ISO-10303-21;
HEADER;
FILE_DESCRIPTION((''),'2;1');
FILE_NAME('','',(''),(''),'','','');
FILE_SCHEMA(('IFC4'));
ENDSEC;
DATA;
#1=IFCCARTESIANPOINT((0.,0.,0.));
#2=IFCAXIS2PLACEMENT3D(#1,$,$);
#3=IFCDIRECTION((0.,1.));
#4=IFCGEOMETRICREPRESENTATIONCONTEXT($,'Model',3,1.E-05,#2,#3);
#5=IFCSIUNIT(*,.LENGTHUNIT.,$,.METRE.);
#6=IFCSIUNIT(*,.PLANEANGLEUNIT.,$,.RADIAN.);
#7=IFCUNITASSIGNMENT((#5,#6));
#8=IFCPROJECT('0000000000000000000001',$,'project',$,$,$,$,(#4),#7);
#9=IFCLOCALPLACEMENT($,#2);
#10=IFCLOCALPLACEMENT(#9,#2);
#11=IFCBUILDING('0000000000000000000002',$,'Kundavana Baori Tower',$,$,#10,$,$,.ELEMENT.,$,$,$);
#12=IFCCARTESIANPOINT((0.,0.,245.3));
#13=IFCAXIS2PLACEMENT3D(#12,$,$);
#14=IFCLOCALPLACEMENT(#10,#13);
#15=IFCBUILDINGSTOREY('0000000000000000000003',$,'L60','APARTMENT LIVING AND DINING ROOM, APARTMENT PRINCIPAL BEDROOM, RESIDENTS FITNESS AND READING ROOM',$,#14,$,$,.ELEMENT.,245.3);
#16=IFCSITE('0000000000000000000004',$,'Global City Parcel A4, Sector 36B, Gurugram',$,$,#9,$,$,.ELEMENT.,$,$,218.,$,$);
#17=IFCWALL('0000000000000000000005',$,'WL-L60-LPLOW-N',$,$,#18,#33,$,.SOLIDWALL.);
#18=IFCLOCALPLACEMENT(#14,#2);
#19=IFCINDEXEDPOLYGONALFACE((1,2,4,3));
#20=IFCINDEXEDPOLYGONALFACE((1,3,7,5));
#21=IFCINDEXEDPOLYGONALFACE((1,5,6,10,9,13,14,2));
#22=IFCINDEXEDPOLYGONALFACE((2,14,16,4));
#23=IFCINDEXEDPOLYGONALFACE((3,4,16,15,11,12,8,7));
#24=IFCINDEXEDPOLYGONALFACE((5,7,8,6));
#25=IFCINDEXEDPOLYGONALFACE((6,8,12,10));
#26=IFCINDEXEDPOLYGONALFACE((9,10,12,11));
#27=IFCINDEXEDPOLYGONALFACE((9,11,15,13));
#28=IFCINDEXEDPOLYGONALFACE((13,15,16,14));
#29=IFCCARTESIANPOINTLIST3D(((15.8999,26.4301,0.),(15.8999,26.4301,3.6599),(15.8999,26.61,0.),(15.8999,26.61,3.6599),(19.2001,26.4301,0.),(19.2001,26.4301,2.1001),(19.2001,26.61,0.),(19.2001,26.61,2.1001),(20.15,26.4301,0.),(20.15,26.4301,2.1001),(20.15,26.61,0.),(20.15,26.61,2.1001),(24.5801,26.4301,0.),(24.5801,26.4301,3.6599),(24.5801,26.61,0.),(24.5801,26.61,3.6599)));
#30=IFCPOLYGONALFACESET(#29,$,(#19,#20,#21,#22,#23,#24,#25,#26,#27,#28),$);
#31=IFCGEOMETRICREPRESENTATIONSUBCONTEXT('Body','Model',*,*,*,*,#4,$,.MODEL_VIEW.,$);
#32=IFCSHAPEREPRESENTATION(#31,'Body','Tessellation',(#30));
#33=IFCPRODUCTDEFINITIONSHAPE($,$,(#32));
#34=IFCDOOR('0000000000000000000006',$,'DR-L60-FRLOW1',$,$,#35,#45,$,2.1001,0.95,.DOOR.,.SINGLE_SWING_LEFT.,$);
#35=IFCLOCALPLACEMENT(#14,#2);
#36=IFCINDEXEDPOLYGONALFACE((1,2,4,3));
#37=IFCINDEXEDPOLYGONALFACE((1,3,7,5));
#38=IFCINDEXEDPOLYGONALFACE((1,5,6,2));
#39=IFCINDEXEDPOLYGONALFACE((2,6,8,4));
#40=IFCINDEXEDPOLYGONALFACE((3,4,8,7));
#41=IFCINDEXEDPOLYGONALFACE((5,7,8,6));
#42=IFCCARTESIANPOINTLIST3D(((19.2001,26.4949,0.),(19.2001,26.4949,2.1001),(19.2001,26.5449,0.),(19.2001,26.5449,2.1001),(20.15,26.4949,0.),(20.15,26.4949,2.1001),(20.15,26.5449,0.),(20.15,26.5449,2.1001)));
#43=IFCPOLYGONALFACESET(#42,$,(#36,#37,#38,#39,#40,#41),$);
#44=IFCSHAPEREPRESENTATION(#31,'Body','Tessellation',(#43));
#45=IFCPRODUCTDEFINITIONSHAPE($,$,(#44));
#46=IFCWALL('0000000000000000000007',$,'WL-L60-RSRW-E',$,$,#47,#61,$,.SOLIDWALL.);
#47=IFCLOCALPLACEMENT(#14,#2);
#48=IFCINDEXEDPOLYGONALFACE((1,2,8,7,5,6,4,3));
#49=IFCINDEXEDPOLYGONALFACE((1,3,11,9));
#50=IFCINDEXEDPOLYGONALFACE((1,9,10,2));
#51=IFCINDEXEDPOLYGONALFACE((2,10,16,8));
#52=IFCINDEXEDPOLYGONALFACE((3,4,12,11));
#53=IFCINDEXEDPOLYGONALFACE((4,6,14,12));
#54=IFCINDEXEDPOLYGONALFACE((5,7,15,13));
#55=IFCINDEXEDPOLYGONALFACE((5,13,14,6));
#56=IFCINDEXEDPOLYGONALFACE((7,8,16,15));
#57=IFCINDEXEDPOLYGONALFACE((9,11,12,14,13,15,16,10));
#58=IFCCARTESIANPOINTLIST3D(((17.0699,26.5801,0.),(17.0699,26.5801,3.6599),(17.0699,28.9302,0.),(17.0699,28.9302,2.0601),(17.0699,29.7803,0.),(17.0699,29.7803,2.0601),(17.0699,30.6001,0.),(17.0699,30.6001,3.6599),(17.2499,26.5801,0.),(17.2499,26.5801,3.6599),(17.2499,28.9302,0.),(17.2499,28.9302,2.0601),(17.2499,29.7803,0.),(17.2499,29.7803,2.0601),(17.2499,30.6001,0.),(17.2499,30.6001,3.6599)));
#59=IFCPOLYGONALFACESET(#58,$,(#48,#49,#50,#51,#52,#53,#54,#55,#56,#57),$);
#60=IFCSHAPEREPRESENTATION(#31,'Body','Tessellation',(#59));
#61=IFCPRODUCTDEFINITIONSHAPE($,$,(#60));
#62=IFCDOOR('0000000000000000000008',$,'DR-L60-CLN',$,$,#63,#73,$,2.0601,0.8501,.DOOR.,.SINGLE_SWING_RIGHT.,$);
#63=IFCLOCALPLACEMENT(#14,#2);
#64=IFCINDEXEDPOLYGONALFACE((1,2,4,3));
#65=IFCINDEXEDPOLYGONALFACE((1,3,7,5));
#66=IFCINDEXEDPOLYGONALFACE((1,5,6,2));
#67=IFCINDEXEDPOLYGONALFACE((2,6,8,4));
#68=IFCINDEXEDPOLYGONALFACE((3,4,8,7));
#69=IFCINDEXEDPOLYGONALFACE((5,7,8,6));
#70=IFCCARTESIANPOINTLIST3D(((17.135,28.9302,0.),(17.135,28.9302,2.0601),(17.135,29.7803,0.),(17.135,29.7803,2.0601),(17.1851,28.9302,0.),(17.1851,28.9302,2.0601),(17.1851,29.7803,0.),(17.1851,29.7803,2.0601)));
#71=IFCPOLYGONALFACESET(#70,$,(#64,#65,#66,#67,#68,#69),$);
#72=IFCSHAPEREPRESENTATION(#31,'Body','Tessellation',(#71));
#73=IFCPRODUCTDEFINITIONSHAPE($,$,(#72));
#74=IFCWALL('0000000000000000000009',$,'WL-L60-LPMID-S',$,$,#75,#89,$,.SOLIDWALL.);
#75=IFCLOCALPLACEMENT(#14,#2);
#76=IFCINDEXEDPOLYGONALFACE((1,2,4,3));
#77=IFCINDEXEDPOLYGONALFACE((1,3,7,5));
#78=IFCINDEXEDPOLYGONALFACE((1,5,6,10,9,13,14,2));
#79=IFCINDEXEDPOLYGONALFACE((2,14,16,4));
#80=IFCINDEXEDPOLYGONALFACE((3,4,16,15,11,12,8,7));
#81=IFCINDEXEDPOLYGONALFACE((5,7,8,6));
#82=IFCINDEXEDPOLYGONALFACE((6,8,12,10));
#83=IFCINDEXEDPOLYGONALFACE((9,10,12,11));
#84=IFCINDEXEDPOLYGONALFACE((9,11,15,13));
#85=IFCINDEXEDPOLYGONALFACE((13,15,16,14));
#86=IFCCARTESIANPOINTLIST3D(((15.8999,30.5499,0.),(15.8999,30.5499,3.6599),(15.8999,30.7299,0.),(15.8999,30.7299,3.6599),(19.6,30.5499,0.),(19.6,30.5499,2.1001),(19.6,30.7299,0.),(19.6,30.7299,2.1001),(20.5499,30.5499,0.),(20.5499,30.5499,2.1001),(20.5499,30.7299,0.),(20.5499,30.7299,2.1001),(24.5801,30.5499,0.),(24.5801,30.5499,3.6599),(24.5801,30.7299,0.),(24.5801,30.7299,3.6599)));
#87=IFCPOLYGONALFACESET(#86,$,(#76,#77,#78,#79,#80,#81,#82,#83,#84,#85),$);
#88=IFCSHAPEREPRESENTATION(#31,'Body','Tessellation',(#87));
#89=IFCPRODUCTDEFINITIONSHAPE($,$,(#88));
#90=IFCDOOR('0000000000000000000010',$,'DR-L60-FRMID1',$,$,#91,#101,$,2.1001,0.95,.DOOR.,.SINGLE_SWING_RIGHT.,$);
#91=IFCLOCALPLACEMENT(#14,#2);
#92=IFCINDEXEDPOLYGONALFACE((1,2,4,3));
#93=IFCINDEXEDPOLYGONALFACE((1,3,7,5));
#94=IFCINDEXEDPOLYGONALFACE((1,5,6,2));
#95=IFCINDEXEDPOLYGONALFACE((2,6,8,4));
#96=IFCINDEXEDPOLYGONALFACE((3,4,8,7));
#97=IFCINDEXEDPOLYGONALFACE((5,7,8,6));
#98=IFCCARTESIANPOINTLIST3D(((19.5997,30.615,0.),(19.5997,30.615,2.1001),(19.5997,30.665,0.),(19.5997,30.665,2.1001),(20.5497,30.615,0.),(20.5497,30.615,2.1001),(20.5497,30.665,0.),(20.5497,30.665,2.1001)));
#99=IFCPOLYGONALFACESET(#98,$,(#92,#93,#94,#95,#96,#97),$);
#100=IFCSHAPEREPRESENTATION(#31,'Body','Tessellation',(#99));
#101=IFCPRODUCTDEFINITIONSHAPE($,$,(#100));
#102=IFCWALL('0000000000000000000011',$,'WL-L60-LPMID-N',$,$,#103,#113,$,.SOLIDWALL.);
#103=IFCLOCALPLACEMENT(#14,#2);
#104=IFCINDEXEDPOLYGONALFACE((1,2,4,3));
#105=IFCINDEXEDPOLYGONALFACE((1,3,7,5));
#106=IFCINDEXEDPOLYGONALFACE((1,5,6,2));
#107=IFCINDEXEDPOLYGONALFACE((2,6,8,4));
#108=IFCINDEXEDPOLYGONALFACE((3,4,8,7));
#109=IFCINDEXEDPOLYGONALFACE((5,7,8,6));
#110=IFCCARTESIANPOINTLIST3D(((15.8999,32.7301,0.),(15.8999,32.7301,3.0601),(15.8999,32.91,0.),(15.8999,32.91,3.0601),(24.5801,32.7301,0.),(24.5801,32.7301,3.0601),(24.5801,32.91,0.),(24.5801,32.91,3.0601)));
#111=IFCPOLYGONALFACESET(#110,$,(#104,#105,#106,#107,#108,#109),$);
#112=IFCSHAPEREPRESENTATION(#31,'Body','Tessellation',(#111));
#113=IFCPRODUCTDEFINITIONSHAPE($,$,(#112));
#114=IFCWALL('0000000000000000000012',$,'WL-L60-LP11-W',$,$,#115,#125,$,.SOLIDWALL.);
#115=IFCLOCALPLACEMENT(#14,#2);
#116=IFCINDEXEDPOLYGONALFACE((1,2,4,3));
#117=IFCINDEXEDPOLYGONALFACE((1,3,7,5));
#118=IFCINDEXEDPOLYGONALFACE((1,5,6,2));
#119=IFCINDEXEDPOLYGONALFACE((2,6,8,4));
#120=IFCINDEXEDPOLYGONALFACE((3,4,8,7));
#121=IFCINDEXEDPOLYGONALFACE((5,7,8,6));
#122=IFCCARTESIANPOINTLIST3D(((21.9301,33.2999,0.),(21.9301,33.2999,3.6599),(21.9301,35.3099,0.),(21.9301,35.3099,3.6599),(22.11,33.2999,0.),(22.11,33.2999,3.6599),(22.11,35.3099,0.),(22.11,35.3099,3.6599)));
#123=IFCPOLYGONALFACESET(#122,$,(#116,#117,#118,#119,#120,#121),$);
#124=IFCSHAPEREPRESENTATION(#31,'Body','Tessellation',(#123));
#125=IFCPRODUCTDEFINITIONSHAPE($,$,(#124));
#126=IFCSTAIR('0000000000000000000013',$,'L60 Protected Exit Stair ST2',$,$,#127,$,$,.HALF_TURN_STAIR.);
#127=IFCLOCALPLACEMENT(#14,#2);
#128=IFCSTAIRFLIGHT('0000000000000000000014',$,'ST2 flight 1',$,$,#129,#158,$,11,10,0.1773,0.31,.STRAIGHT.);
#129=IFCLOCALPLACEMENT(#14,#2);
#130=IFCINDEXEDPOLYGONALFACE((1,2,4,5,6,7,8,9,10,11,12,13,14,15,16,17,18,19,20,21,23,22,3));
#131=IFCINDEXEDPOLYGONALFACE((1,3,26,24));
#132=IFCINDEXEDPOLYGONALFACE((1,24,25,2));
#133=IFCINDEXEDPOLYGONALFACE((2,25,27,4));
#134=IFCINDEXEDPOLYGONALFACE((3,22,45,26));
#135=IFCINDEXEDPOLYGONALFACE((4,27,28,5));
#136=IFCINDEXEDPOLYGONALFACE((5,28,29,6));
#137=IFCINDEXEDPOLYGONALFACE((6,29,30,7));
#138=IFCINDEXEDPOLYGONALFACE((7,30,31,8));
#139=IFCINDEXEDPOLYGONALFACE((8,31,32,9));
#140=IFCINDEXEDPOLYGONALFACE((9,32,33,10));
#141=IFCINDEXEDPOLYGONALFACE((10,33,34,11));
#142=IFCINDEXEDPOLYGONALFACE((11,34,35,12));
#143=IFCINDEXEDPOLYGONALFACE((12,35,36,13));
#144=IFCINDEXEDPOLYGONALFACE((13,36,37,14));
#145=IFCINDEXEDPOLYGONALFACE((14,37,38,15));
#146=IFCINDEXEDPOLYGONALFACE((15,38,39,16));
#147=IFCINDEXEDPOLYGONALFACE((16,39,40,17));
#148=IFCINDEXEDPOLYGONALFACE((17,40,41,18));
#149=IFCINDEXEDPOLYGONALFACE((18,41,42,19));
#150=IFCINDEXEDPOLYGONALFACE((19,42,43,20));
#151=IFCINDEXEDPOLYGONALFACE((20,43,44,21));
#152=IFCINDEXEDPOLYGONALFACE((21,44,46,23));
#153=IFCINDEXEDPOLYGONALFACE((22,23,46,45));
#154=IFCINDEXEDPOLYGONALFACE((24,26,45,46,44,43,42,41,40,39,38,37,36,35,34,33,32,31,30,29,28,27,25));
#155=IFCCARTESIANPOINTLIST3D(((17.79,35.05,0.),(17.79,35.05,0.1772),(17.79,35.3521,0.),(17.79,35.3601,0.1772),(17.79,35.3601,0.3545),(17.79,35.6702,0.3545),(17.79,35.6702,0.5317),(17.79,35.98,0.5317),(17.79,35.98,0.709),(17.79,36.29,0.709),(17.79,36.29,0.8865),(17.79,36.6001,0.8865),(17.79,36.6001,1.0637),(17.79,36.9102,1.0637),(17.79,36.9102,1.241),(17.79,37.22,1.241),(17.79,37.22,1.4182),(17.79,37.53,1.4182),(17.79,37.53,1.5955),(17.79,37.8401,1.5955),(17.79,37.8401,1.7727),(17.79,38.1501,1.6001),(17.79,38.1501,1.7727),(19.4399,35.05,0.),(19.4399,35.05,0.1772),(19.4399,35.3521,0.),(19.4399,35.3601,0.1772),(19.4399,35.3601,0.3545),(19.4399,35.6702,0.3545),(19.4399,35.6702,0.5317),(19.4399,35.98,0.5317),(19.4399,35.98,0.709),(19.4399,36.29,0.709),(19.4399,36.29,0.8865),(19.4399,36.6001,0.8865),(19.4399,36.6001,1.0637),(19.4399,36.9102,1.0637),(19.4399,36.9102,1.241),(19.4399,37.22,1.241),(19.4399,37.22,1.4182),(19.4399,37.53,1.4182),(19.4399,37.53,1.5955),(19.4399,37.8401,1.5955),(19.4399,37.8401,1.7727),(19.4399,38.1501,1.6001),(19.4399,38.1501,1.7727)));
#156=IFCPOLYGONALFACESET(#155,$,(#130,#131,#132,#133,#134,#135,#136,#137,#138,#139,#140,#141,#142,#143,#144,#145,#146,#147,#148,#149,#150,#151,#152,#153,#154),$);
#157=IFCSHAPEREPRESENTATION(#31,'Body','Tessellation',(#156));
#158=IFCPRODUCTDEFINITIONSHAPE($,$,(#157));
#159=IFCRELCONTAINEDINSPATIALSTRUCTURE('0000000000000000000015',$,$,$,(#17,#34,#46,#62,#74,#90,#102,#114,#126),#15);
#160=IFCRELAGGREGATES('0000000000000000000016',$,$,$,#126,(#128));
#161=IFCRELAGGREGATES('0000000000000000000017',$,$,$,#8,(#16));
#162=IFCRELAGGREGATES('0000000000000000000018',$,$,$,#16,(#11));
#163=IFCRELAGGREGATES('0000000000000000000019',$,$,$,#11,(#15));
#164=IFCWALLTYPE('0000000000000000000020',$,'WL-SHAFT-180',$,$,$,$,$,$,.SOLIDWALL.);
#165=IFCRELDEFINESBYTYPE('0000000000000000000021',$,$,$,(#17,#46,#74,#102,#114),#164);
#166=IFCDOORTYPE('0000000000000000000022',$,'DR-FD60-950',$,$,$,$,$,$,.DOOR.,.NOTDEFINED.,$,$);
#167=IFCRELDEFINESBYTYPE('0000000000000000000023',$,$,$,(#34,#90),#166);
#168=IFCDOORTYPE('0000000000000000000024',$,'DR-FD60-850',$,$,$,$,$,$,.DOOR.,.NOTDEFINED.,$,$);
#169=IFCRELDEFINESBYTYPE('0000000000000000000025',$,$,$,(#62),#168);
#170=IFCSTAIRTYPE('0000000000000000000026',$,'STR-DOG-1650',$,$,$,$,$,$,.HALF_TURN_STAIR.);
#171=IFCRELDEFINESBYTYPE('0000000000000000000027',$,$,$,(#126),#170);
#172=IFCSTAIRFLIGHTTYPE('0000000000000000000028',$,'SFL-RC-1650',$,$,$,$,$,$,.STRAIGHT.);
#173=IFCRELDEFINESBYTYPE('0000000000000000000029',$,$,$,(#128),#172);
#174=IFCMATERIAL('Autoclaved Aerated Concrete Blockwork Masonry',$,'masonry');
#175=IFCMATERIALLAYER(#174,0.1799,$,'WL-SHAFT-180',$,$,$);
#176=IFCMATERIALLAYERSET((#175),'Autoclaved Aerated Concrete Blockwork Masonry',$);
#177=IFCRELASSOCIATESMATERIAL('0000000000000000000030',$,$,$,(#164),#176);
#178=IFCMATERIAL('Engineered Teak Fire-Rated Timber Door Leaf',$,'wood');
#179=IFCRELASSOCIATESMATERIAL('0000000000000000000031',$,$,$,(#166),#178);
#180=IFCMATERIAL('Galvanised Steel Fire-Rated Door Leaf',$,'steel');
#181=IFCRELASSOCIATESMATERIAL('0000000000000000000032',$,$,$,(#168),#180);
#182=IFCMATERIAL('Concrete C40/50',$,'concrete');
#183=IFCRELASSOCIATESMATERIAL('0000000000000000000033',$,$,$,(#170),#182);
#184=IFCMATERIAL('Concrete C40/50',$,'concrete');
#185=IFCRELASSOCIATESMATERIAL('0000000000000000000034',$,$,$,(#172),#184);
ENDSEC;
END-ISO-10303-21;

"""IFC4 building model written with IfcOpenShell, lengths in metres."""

from ifc_helpers import new_model, si_unit, direction, frame, frame_2d, origin, place, context, subcontext, project, spatial, polyline, rectangle, outline, extrude, material, layer, layer_set, type_object, element, fill, aggregate, save


model = new_model("IFC4")

# Units and contexts
model_context = context("Model", 3, precision=1e-05, world=origin(), true_north=direction((0.0, 1.0)))
body_context = subcontext(model_context, "Body", "Model", "MODEL_VIEW")
ifc_project = project(units=[si_unit("LENGTHUNIT", "METRE"), si_unit("PLANEANGLEUNIT", "RADIAN")], contexts=[model_context])

# Site, building, storey
site_placement = place(None, origin())
site = spatial("IfcSite", under=ifc_project, at=site_placement, Name="Global City Parcel A4, Sector 36B, Gurugram", CompositionType="ELEMENT", RefElevation=218.0)
building_placement = place(site_placement, origin())
building = spatial("IfcBuilding", under=site, at=building_placement, Name="Kundavana Baori Tower", CompositionType="ELEMENT")
storey_placement = place(building_placement, frame((0.0, 0.0, 245.3)))
storey = spatial("IfcBuildingStorey", under=building, at=storey_placement, Name="L60", Description="APARTMENT LIVING AND DINING ROOM, APARTMENT PRINCIPAL BEDROOM, RESIDENTS FITNESS AND READING ROOM", CompositionType="ELEMENT", Elevation=245.3)

# Walls, openings, doors
ifc_material_1 = material(Name="Autoclaved Aerated Concrete Blockwork Masonry", Category="masonry")
ifc_layer_1 = layer(ifc_material_1, 0.1799, Name="WL-SHAFT-180")
ifc_layer_set_1 = layer_set([ifc_layer_1], Name="Autoclaved Aerated Concrete Blockwork Masonry")
wall_type_1 = type_object("IfcWallType", Name="WL-SHAFT-180", PredefinedType="SOLIDWALL", material=ifc_layer_set_1)
wall_1_placement = place(storey_placement, frame((15.8999, 26.52, 0.0), z_axis=(0.0, 0.0, 1.0), x_axis=(1.0, 0.0, 0.0)))
wall_1 = element("IfcWall", 1, at=wall_1_placement, inside=storey, type_object=wall_type_1, Name="WL-L60-LPLOW-N", PredefinedType="SOLIDWALL", context=body_context, shape_type="SweptSolid", body=[
    extrude(rectangle(XDim=8.6802, YDim=0.1799, at=frame_2d((4.3401, 0.0))), origin(), (0.0, 0.0, 1.0), 3.6599),
])
opening_1_placement = place(wall_1_placement, frame((3.3, 0.0, 0.0)))
opening_1 = element("IfcOpeningElement", 2, at=opening_1_placement, cuts=wall_1, PredefinedType="OPENING", context=body_context, shape_type="SweptSolid", body=[
    extrude(rectangle(XDim=0.95, YDim=2.1001, at=frame_2d((0.4751, 1.05))), frame((0.0, 0.1001, 0.0), z_axis=(0.0, -1.0, 0.0), x_axis=(1.0, 0.0, 0.0)), (0.0, 0.0, 1.0), 0.2),
])
ifc_material_2 = material(Name="Engineered Teak Fire-Rated Timber Door Leaf", Category="wood")
door_type_1 = type_object("IfcDoorType", Name="DR-FD60-950", OperationType="NOTDEFINED", PredefinedType="DOOR", material=ifc_material_2)
door_1_placement = place(opening_1_placement, origin())
door_1 = element("IfcDoor", 3, at=door_1_placement, inside=storey, type_object=door_type_1, Name="DR-L60-FRLOW1", OperationType="SINGLE_SWING_LEFT", OverallHeight=2.1001, OverallWidth=0.95, PredefinedType="DOOR", context=body_context, shape_type="SweptSolid", body=[
    extrude(rectangle(XDim=0.95, YDim=2.1001, at=frame_2d((0.4751, 1.05))), frame((0.0, 0.0249, 0.0), z_axis=(0.0, -1.0, 0.0), x_axis=(1.0, 0.0, 0.0)), (0.0, 0.0, 1.0), 0.05),
])
fill(opening_1, door_1)
wall_2_placement = place(storey_placement, frame((17.1599, 26.5801, 0.0), z_axis=(0.0, 0.0, 1.0), x_axis=(0.0, 1.0, 0.0)))
wall_2 = element("IfcWall", 4, at=wall_2_placement, inside=storey, type_object=wall_type_1, Name="WL-L60-RSRW-E", PredefinedType="SOLIDWALL", context=body_context, shape_type="SweptSolid", body=[
    extrude(rectangle(XDim=4.02, YDim=0.1799, at=frame_2d((2.01, 0.0))), origin(), (0.0, 0.0, 1.0), 3.6599),
])
opening_2_placement = place(wall_2_placement, frame((2.3501, 0.0, 0.0)))
opening_2 = element("IfcOpeningElement", 5, at=opening_2_placement, cuts=wall_2, PredefinedType="OPENING", context=body_context, shape_type="SweptSolid", body=[
    extrude(rectangle(XDim=0.8501, YDim=2.0601, at=frame_2d((0.425, 1.03))), frame((0.0, 0.1001, 0.0), z_axis=(0.0, -1.0, 0.0), x_axis=(1.0, 0.0, 0.0)), (0.0, 0.0, 1.0), 0.2),
])
ifc_material_3 = material(Name="Galvanised Steel Fire-Rated Door Leaf", Category="steel")
door_type_2 = type_object("IfcDoorType", Name="DR-FD60-850", OperationType="NOTDEFINED", PredefinedType="DOOR", material=ifc_material_3)
door_2_placement = place(opening_2_placement, origin())
door_2 = element("IfcDoor", 6, at=door_2_placement, inside=storey, type_object=door_type_2, Name="DR-L60-CLN", OperationType="SINGLE_SWING_RIGHT", OverallHeight=2.0601, OverallWidth=0.8501, PredefinedType="DOOR", context=body_context, shape_type="SweptSolid", body=[
    extrude(rectangle(XDim=0.8501, YDim=2.0601, at=frame_2d((0.425, 1.03))), frame((0.0, 0.0249, 0.0), z_axis=(0.0, -1.0, 0.0), x_axis=(1.0, 0.0, 0.0)), (0.0, 0.0, 1.0), 0.05),
])
fill(opening_2, door_2)
wall_3_placement = place(storey_placement, frame((15.8999, 30.6399, 0.0), z_axis=(0.0, 0.0, 1.0), x_axis=(1.0, 0.0, 0.0)))
wall_3 = element("IfcWall", 7, at=wall_3_placement, inside=storey, type_object=wall_type_1, Name="WL-L60-LPMID-S", PredefinedType="SOLIDWALL", context=body_context, shape_type="SweptSolid", body=[
    extrude(rectangle(XDim=8.6802, YDim=0.1799, at=frame_2d((4.3401, 0.0))), origin(), (0.0, 0.0, 1.0), 3.6599),
])
opening_3_placement = place(wall_3_placement, frame((3.7, 0.0, 0.0)))
opening_3 = element("IfcOpeningElement", 8, at=opening_3_placement, cuts=wall_3, PredefinedType="OPENING", context=body_context, shape_type="SweptSolid", body=[
    extrude(rectangle(XDim=0.95, YDim=2.1001, at=frame_2d((0.4751, 1.05))), frame((0.0, 0.1001, 0.0), z_axis=(0.0, -1.0, 0.0), x_axis=(1.0, 0.0, 0.0)), (0.0, 0.0, 1.0), 0.2),
])
door_3_placement = place(opening_3_placement, frame((0.95, 0.0, 0.0), z_axis=(0.0, 0.0, 1.0), x_axis=(-1.0, 0.0, 0.0)))
door_3 = element("IfcDoor", 9, at=door_3_placement, inside=storey, type_object=door_type_1, Name="DR-L60-FRMID1", OperationType="SINGLE_SWING_RIGHT", OverallHeight=2.1001, OverallWidth=0.95, PredefinedType="DOOR", context=body_context, shape_type="SweptSolid", body=[
    extrude(rectangle(XDim=0.95, YDim=2.1001, at=frame_2d((0.4751, 1.05))), frame((0.0, 0.0249, 0.0), z_axis=(0.0, -1.0, 0.0), x_axis=(1.0, 0.0, 0.0)), (0.0, 0.0, 1.0), 0.05),
])
fill(opening_3, door_3)

# Walls
wall_4_placement = place(storey_placement, frame((15.8999, 32.8201, 0.0), z_axis=(0.0, 0.0, 1.0), x_axis=(1.0, 0.0, 0.0)))
element("IfcWall", 10, at=wall_4_placement, inside=storey, type_object=wall_type_1, Name="WL-L60-LPMID-N", PredefinedType="SOLIDWALL", context=body_context, shape_type="SweptSolid", body=[
    extrude(rectangle(XDim=8.6802, YDim=0.1799, at=frame_2d((4.3401, 0.0))), origin(), (0.0, 0.0, 1.0), 3.0601),
])
wall_5_placement = place(storey_placement, frame((22.02, 33.3, 0.0), z_axis=(0.0, 0.0, 1.0), x_axis=(0.0, 1.0, 0.0)))
element("IfcWall", 11, at=wall_5_placement, inside=storey, type_object=wall_type_1, Name="WL-L60-LP11-W", PredefinedType="SOLIDWALL", context=body_context, shape_type="SweptSolid", body=[
    extrude(rectangle(XDim=2.01, YDim=0.1799, at=frame_2d((1.0049, 0.0))), origin(), (0.0, 0.0, 1.0), 3.6599),
])

# Stair, stair flight
ifc_material_4 = material(Name="Concrete C40/50", Category="concrete")
stair_type = type_object("IfcStairType", Name="STR-DOG-1650", PredefinedType="HALF_TURN_STAIR", material=ifc_material_4)
stair_placement = place(storey_placement, origin())
stair = element("IfcStair", 12, at=stair_placement, inside=storey, type_object=stair_type, Name="L60 Protected Exit Stair ST2", PredefinedType="HALF_TURN_STAIR")
ifc_material_5 = material(Name="Concrete C40/50", Category="concrete")
stair_flight_type = type_object("IfcStairFlightType", Name="SFL-RC-1650", PredefinedType="STRAIGHT", material=ifc_material_5)
stair_flight_placement = place(storey_placement, frame((18.615, 35.05, 0.0), z_axis=(0.0, 0.0, 1.0), x_axis=(0.0, 1.0, 0.0)))
stair_flight = element("IfcStairFlight", 13, at=stair_flight_placement, type_object=stair_flight_type, Name="ST2 flight 1", NumberOfRisers=11, NumberOfTreads=10, PredefinedType="STRAIGHT", RiserHeight=0.1773, TreadLength=0.31, context=body_context, shape_type="SweptSolid", body=[
    extrude(outline(polyline([(0.0, 0.0), (0.0, 0.1772), (0.3101, 0.1772), (0.3101, 0.3545), (0.6201, 0.3545), (0.6201, 0.5317), (0.9299, 0.5317), (0.9299, 0.709), (1.24, 0.709), (1.24, 0.8865), (1.55, 0.8865), (1.55, 1.0637), (1.8601, 1.0637), (1.8601, 1.241), (2.1699, 1.241), (2.1699, 1.4182), (2.48, 1.4182), (2.48, 1.5955), (2.79, 1.5955), (2.79, 1.7727), (3.1001, 1.7727), (3.1001, 1.95), (3.1001, 1.6001), (0.302, 0.0), (0.0, 0.0)])), frame((0.0, 0.825, 0.0), z_axis=(0.0, -1.0, 0.0), x_axis=(1.0, 0.0, 0.0)), (0.0, 0.0, 1.0), 1.6499),
])
aggregate(stair, [stair_flight])

save(model, "model.ifc")
